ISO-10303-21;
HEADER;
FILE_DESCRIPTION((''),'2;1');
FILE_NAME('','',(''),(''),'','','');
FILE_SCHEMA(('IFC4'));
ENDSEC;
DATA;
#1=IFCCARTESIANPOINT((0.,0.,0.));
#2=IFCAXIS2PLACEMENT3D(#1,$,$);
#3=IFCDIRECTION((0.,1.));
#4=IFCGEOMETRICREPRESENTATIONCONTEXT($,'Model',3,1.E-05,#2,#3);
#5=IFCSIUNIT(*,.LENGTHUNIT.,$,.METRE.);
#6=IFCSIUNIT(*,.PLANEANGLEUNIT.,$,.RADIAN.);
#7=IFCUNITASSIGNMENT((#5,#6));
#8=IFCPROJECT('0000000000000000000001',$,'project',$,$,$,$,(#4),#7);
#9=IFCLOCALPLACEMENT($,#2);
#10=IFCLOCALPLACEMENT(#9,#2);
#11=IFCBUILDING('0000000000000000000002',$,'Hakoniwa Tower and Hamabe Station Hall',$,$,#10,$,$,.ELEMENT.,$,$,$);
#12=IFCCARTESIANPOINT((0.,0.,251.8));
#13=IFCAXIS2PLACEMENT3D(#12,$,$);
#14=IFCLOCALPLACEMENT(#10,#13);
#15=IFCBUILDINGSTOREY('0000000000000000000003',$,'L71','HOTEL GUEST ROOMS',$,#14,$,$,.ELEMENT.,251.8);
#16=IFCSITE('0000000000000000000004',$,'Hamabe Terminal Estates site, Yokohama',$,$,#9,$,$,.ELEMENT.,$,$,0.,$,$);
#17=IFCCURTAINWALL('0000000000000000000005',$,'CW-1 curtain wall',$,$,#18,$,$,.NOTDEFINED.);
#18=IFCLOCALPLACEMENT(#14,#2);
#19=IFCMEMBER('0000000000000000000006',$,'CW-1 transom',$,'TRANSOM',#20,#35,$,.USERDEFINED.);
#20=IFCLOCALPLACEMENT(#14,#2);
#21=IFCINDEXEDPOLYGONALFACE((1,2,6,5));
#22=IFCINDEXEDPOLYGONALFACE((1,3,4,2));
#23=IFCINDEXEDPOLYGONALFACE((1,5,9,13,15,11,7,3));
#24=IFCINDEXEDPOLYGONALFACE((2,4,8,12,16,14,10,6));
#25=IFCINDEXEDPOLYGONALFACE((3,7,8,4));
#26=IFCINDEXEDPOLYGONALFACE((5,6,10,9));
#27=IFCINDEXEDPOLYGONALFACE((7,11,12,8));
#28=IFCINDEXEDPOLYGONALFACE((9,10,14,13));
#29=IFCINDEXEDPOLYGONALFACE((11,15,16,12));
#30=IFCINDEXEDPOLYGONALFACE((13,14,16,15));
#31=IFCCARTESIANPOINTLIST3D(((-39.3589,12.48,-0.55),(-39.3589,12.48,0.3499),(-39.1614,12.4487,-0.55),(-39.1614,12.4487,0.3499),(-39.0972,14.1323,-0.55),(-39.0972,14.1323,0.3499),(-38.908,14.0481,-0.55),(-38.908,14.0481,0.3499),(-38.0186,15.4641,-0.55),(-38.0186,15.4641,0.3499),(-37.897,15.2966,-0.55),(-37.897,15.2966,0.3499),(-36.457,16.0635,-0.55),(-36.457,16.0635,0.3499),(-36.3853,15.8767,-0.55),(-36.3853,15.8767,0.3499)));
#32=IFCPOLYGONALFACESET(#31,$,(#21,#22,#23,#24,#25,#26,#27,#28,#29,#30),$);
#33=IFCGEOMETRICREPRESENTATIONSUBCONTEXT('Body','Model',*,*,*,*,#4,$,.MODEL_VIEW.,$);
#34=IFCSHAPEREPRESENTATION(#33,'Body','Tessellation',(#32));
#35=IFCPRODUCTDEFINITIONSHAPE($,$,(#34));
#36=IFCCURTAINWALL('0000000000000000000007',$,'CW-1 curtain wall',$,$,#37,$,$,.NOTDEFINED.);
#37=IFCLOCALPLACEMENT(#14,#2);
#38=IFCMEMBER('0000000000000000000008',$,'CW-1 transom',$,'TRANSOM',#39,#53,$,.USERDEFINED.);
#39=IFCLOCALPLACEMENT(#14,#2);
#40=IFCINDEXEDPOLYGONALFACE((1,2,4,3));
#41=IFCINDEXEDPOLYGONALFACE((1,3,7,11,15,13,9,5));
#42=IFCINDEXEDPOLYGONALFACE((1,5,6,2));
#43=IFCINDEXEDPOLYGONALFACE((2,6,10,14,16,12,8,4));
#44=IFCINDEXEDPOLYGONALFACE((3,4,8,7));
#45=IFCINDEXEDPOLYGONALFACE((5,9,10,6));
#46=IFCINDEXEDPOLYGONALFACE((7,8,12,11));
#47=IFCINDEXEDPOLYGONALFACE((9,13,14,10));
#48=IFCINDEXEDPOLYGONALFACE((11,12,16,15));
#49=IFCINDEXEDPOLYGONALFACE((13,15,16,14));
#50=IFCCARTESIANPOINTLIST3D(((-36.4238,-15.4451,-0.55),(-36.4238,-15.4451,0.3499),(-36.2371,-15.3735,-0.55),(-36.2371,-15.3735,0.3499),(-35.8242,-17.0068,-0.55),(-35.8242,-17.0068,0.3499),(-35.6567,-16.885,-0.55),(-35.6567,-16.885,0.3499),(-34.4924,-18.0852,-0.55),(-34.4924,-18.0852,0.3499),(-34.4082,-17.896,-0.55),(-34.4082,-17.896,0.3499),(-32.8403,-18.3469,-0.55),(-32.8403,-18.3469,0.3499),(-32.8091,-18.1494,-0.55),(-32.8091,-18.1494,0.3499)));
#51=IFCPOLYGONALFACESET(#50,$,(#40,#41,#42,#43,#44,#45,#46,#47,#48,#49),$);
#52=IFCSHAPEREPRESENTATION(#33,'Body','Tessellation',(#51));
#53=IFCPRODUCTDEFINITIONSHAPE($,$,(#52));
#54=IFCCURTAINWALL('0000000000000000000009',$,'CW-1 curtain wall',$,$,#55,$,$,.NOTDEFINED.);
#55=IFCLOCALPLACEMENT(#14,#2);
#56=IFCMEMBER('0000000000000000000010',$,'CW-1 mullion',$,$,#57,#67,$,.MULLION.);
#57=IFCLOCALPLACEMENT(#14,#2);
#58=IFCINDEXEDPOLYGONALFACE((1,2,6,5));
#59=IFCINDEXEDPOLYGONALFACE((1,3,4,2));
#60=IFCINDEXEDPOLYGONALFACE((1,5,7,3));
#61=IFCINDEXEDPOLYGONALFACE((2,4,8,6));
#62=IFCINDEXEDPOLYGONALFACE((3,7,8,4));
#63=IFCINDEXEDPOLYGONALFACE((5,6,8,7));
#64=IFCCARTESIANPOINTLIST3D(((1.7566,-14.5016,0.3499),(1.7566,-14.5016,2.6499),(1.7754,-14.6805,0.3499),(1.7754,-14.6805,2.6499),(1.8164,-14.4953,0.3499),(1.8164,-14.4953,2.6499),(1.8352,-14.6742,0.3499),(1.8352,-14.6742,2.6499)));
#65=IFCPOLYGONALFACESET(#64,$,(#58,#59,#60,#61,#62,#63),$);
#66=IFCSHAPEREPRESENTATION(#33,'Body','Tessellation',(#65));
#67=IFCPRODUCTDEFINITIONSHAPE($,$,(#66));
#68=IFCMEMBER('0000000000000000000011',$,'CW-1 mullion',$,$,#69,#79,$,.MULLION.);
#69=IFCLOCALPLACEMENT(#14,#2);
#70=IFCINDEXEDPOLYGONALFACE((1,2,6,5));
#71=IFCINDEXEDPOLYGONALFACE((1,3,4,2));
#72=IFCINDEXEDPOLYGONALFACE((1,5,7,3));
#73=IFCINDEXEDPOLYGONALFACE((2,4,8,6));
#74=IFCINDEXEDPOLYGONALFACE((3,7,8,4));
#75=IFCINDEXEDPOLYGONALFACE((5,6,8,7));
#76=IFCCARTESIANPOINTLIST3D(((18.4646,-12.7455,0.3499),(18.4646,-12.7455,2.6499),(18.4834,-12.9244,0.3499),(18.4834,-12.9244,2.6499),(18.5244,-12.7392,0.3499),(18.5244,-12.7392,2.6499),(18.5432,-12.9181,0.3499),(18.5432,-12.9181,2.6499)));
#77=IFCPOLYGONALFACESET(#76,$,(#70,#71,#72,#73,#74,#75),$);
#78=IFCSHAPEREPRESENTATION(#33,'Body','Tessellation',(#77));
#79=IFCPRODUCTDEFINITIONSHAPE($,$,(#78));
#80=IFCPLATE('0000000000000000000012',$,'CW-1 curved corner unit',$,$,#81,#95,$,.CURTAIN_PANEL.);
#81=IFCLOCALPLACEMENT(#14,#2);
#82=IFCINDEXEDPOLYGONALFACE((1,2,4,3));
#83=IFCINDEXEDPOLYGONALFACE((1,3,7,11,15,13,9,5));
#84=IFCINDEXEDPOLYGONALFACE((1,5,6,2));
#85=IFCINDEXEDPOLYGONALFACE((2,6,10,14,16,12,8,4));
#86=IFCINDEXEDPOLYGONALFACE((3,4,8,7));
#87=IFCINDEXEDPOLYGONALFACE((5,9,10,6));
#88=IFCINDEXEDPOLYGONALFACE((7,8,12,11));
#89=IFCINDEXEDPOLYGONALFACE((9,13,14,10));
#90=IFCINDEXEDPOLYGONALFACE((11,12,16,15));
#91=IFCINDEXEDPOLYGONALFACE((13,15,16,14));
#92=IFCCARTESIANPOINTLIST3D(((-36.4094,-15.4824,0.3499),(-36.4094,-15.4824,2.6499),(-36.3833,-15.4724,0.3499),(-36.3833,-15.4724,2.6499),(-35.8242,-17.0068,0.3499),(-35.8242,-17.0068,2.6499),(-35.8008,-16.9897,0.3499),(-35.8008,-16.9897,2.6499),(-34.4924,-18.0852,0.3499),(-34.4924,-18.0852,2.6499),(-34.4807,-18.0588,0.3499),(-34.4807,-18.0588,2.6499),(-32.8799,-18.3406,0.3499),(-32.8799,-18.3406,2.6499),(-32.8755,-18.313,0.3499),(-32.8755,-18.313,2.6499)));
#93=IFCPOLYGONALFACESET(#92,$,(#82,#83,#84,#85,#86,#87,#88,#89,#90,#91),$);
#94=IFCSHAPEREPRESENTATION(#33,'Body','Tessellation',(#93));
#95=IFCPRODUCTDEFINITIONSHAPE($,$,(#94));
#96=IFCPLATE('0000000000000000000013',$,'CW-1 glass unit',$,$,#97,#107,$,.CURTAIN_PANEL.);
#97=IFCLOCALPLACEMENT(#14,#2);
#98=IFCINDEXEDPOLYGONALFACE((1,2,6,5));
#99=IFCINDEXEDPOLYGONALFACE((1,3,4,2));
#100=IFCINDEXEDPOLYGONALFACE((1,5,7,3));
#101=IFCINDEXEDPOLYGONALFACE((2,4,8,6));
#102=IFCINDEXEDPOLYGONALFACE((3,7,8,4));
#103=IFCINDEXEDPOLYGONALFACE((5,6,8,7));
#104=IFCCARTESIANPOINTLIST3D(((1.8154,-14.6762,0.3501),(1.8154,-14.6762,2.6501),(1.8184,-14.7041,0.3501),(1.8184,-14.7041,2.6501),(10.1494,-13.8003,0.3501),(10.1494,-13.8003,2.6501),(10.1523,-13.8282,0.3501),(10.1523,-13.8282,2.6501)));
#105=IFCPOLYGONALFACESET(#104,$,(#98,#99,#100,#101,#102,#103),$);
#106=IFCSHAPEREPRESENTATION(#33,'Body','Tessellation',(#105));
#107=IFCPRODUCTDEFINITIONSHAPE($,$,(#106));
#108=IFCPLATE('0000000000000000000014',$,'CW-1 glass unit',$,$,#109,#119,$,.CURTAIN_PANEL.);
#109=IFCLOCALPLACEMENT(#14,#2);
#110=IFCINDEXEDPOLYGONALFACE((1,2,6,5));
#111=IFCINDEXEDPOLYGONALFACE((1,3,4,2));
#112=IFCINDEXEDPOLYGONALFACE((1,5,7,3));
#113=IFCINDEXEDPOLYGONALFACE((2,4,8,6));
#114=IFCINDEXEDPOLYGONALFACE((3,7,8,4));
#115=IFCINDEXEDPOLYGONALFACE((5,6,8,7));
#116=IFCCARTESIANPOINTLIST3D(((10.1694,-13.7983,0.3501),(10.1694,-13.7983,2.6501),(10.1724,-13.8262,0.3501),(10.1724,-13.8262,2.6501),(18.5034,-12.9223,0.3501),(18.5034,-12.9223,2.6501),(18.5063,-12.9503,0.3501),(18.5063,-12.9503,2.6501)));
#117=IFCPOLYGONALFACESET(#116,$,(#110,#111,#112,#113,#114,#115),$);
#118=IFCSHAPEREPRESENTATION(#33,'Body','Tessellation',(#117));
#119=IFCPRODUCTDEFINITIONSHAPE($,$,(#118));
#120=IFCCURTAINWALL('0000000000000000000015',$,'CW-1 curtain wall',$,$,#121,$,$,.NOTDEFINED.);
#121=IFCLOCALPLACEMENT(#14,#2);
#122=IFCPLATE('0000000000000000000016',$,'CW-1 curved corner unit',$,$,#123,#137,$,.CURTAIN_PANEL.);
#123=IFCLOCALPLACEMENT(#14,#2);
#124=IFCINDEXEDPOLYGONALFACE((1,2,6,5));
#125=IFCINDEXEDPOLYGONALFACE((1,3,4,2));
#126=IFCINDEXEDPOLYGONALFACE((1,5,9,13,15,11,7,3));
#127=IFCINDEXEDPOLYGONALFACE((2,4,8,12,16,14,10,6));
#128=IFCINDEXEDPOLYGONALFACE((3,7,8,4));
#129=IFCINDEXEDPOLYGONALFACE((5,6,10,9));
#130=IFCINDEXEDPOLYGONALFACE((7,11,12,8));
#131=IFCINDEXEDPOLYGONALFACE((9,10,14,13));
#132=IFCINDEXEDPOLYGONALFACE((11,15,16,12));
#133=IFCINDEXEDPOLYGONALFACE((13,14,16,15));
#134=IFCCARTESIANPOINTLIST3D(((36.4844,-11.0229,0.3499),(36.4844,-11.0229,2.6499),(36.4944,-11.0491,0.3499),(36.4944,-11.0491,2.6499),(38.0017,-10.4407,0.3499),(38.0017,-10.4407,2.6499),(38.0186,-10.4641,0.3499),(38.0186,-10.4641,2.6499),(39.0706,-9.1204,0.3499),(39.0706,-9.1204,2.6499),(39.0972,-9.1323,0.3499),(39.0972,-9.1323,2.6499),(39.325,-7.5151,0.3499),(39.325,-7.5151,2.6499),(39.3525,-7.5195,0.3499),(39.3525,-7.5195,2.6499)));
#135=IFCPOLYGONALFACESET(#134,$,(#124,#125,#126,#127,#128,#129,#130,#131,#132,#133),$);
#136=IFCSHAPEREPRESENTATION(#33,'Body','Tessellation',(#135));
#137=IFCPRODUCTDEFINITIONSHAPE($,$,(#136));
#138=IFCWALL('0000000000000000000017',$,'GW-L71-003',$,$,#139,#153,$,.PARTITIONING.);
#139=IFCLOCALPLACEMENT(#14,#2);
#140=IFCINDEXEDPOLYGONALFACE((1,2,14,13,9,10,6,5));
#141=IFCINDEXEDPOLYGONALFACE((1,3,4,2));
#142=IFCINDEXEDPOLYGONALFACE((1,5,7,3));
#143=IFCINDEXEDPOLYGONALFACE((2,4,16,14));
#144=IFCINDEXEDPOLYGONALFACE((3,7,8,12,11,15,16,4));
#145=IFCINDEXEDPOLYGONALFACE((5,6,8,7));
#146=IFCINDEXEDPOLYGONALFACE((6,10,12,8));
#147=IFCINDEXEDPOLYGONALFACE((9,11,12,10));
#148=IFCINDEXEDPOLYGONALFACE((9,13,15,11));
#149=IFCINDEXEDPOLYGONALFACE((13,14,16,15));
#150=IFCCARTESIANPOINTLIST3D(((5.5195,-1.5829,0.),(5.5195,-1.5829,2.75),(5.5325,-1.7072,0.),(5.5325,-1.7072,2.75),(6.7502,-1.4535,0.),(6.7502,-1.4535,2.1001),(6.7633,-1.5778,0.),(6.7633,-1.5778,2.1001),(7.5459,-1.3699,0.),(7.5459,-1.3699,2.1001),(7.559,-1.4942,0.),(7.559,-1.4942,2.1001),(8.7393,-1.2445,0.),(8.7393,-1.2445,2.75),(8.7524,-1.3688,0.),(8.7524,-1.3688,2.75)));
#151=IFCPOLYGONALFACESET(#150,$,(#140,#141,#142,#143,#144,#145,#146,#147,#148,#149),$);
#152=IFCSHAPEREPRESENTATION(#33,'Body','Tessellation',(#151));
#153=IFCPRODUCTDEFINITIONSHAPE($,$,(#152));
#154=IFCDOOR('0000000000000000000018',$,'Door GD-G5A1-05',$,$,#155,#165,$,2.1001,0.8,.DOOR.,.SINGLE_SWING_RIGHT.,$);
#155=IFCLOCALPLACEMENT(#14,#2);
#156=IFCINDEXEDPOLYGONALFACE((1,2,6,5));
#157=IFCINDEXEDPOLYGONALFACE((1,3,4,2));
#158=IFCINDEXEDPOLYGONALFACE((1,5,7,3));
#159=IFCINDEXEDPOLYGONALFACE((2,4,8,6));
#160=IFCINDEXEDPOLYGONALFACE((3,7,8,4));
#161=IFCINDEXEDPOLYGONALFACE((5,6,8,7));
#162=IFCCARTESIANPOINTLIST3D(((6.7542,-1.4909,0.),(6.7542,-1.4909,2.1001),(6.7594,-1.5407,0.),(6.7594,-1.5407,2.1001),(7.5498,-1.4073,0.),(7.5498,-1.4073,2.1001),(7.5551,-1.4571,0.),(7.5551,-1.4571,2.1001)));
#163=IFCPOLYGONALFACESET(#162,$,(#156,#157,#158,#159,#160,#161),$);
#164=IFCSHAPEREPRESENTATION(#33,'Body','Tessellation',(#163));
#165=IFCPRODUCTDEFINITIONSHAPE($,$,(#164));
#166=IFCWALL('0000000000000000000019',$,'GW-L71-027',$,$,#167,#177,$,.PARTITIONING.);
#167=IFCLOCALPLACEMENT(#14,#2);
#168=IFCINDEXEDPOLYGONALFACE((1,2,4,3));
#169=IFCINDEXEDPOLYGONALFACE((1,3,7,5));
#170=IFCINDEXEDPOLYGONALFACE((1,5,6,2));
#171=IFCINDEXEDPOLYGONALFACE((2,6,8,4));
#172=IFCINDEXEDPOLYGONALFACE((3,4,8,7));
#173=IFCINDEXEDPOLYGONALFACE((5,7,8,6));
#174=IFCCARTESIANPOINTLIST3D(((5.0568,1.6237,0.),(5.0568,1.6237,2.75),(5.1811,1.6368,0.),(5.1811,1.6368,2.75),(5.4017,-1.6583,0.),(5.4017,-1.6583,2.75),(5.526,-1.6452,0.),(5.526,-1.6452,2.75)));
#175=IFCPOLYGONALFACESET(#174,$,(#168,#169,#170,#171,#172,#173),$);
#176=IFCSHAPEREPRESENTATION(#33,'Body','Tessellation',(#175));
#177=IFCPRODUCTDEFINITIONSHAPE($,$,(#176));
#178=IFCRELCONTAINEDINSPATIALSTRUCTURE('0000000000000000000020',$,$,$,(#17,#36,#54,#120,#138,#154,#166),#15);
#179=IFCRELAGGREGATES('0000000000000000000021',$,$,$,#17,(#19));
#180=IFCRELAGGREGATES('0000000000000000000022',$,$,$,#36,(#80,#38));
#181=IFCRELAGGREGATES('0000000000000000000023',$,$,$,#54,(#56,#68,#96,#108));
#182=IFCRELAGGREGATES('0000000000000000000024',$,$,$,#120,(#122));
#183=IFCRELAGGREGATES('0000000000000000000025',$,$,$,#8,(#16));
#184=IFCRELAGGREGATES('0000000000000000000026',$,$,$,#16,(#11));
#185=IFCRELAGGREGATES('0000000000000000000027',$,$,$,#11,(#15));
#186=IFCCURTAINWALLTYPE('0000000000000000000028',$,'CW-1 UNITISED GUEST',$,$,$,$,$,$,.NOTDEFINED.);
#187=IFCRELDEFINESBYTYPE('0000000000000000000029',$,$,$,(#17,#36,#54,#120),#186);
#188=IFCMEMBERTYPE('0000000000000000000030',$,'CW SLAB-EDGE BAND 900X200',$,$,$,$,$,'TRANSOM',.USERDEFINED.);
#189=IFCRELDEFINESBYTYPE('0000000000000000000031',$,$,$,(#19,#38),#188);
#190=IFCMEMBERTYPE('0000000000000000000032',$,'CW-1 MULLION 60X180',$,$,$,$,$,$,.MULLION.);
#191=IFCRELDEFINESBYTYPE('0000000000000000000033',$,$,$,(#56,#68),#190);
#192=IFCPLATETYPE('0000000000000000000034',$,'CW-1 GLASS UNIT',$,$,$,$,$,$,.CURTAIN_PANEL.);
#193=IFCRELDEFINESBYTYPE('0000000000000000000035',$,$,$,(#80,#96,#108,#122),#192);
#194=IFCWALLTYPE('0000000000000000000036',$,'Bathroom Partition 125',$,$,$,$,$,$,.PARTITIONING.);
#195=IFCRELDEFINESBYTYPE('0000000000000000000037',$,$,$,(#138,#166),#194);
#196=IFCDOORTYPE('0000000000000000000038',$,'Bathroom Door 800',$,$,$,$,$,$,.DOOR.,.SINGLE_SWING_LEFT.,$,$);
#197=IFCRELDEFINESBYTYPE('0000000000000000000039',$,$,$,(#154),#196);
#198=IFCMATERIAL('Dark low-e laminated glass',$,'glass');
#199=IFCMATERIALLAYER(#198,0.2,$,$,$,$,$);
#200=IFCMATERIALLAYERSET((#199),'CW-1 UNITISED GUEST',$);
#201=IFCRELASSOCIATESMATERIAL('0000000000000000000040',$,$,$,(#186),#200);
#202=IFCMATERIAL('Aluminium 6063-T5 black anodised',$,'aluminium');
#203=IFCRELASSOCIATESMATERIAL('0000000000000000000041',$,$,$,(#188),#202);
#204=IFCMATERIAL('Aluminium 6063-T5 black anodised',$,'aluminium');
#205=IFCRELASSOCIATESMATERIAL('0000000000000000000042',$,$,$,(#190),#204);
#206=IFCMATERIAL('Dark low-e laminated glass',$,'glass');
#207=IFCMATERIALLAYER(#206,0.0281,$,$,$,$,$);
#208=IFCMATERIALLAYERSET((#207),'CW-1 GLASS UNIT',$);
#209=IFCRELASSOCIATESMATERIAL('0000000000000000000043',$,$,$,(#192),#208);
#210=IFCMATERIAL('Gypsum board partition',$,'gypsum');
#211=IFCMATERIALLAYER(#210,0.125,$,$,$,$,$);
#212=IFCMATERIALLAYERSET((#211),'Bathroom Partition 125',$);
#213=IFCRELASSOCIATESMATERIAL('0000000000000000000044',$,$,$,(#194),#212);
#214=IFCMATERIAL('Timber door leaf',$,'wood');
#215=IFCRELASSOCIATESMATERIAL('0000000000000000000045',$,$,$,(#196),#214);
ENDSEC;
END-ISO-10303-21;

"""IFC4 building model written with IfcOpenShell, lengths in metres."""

from ifc_helpers import new_model, si_unit, direction, frame, frame_2d, origin, origin_2d, place, context, subcontext, project, spatial, polyline, rectangle, outline, extrude, material, layer, layer_set, material_profile, profile_set, type_object, element, fill, aggregate, save


model = new_model("IFC4")

# Units and contexts
model_context = context("Model", 3, precision=1e-05, world=origin(), true_north=direction((0.0, 1.0)))
body_context = subcontext(model_context, "Body", "Model", "MODEL_VIEW")
ifc_project = project(units=[si_unit("LENGTHUNIT", "METRE"), si_unit("PLANEANGLEUNIT", "RADIAN")], contexts=[model_context])

# Site, building, storey
site_placement = place(None, origin())
site = spatial("IfcSite", under=ifc_project, at=site_placement, Name="Hamabe Terminal Estates site, Yokohama", CompositionType="ELEMENT", RefElevation=0.0)
building_placement = place(site_placement, origin())
building = spatial("IfcBuilding", under=site, at=building_placement, Name="Hakoniwa Tower and Hamabe Station Hall", CompositionType="ELEMENT")
storey_placement = place(building_placement, frame((0.0, 0.0, 251.8)))
storey = spatial("IfcBuildingStorey", under=building, at=storey_placement, Name="L71", Description="HOTEL GUEST ROOMS", CompositionType="ELEMENT", Elevation=251.8)

# Curtain walls, members
ifc_material_1 = material(Name="Dark low-e laminated glass", Category="glass")
ifc_layer_1 = layer(ifc_material_1, 0.2)
ifc_layer_set_1 = layer_set([ifc_layer_1], Name="CW-1 UNITISED GUEST")
curtain_wall_type = type_object("IfcCurtainWallType", Name="CW-1 UNITISED GUEST", PredefinedType="NOTDEFINED", material=ifc_layer_set_1)
curtain_wall_1_placement = place(storey_placement, origin())
curtain_wall_1 = element("IfcCurtainWall", 1, at=curtain_wall_1_placement, inside=storey, type_object=curtain_wall_type, Name="CW-1 curtain wall", PredefinedType="NOTDEFINED")
ifc_material_2 = material(Name="Aluminium 6063-T5 black anodised", Category="aluminium")
ifc_material_profile_1 = material_profile(ifc_material_2, rectangle(XDim=0.2, YDim=0.8999, at=origin_2d()), Name="CW SLAB-EDGE BAND 900X200")
ifc_profile_set_1 = profile_set([ifc_material_profile_1], Name="Aluminium 6063-T5 black anodised")
member_type_1 = type_object("IfcMemberType", Name="CW SLAB-EDGE BAND 900X200", ElementType="TRANSOM", PredefinedType="USERDEFINED", material=ifc_profile_set_1)
member_1_placement = place(storey_placement, frame((0.0, 0.0, -0.55)))
member_1 = element("IfcMember", 2, at=member_1_placement, type_object=member_type_1, Name="CW-1 transom", ObjectType="TRANSOM", PredefinedType="USERDEFINED", context=body_context, shape_type="SweptSolid", body=[
    extrude(outline(polyline([(-36.457, 16.0635), (-38.0186, 15.4641), (-39.0972, 14.1323), (-39.3589, 12.48), (-39.1614, 12.4487), (-38.908, 14.0481), (-37.897, 15.2966), (-36.3853, 15.8767), (-36.457, 16.0635)])), origin(), (0.0, 0.0, 1.0), 0.8999),
])
aggregate(curtain_wall_1, [member_1])
curtain_wall_2_placement = place(storey_placement, origin())
curtain_wall_2 = element("IfcCurtainWall", 3, at=curtain_wall_2_placement, inside=storey, type_object=curtain_wall_type, Name="CW-1 curtain wall", PredefinedType="NOTDEFINED")
member_2_placement = place(storey_placement, frame((0.0, 0.0, -0.55)))
member_2 = element("IfcMember", 4, at=member_2_placement, type_object=member_type_1, Name="CW-1 transom", ObjectType="TRANSOM", PredefinedType="USERDEFINED", context=body_context, shape_type="SweptSolid", body=[
    extrude(outline(polyline([(-36.4238, -15.4451), (-35.8242, -17.0068), (-34.4924, -18.0852), (-32.8403, -18.3469), (-32.8091, -18.1494), (-34.4082, -17.896), (-35.6567, -16.885), (-36.2371, -15.3735), (-36.4238, -15.4451)])), origin(), (0.0, 0.0, 1.0), 0.8999),
])

# Curtain wall, members
curtain_wall_3_placement = place(storey_placement, origin())
curtain_wall_3 = element("IfcCurtainWall", 5, at=curtain_wall_3_placement, inside=storey, type_object=curtain_wall_type, Name="CW-1 curtain wall", PredefinedType="NOTDEFINED")
ifc_material_3 = material(Name="Aluminium 6063-T5 black anodised", Category="aluminium")
ifc_material_profile_2 = material_profile(ifc_material_3, rectangle(XDim=0.0601, YDim=0.1799, at=origin_2d()), Name="CW-1 MULLION 60X180")
ifc_profile_set_2 = profile_set([ifc_material_profile_2], Name="Aluminium 6063-T5 black anodised")
member_type_2 = type_object("IfcMemberType", Name="CW-1 MULLION 60X180", PredefinedType="MULLION", material=ifc_profile_set_2)
member_3_placement = place(storey_placement, frame((1.7959, -14.5879, 0.3499), z_axis=(0.0, 0.0, 1.0), x_axis=(0.994522, 0.104528, 0.0)))
member_3 = element("IfcMember", 6, at=member_3_placement, type_object=member_type_2, Name="CW-1 mullion", PredefinedType="MULLION", context=body_context, shape_type="SweptSolid", body=[
    extrude(rectangle(XDim=0.0601, YDim=0.1799, at=origin_2d()), origin(), (0.0, 0.0, 1.0), 2.3),
])
member_4_placement = place(storey_placement, frame((18.5039, -12.8318, 0.3499), z_axis=(0.0, 0.0, 1.0), x_axis=(0.994522, 0.104528, 0.0)))
member_4 = element("IfcMember", 7, at=member_4_placement, type_object=member_type_2, Name="CW-1 mullion", PredefinedType="MULLION", context=body_context, shape_type="SweptSolid", body=[
    extrude(rectangle(XDim=0.0601, YDim=0.1799, at=origin_2d()), origin(), (0.0, 0.0, 1.0), 2.3),
])

# Plates
ifc_material_4 = material(Name="Dark low-e laminated glass", Category="glass")
ifc_layer_2 = layer(ifc_material_4, 0.0281)
ifc_layer_set_2 = layer_set([ifc_layer_2], Name="CW-1 GLASS UNIT")
plate_type = type_object("IfcPlateType", Name="CW-1 GLASS UNIT", PredefinedType="CURTAIN_PANEL", material=ifc_layer_set_2)
plate_1_placement = place(storey_placement, frame((0.0, 0.0, 0.3499)))
plate_1 = element("IfcPlate", 8, at=plate_1_placement, type_object=plate_type, Name="CW-1 curved corner unit", PredefinedType="CURTAIN_PANEL", context=body_context, shape_type="SweptSolid", body=[
    extrude(outline(polyline([(-36.4094, -15.4824), (-35.8242, -17.0068), (-34.4924, -18.0852), (-32.8799, -18.3406), (-32.8755, -18.313), (-34.4807, -18.0588), (-35.8008, -16.9897), (-36.3833, -15.4724), (-36.4094, -15.4824)])), origin(), (0.0, 0.0, 1.0), 2.3),
])
aggregate(curtain_wall_2, [plate_1, member_2])
plate_2_placement = place(storey_placement, frame((5.9839, -14.2522, 0.3501), z_axis=(0.0, 0.0, 1.0), x_axis=(0.994522, 0.104528, 0.0)))
plate_2 = element("IfcPlate", 9, at=plate_2_placement, type_object=plate_type, Name="CW-1 glass unit", PredefinedType="CURTAIN_PANEL", context=body_context, shape_type="SweptSolid", body=[
    extrude(rectangle(XDim=8.3799, YDim=0.0281, at=origin_2d()), origin(), (0.0, 0.0, 1.0), 2.3),
])
plate_3_placement = place(storey_placement, frame((14.3379, -13.3743, 0.3501), z_axis=(0.0, 0.0, 1.0), x_axis=(0.994522, 0.104528, 0.0)))
plate_3 = element("IfcPlate", 10, at=plate_3_placement, type_object=plate_type, Name="CW-1 glass unit", PredefinedType="CURTAIN_PANEL", context=body_context, shape_type="SweptSolid", body=[
    extrude(rectangle(XDim=8.3799, YDim=0.0281, at=origin_2d()), origin(), (0.0, 0.0, 1.0), 2.3),
])
aggregate(curtain_wall_3, [member_3, member_4, plate_2, plate_3])

# Curtain wall, plate
curtain_wall_4_placement = place(storey_placement, origin())
curtain_wall_4 = element("IfcCurtainWall", 11, at=curtain_wall_4_placement, inside=storey, type_object=curtain_wall_type, Name="CW-1 curtain wall", PredefinedType="NOTDEFINED")
plate_4_placement = place(storey_placement, frame((0.0, 0.0, 0.3499)))
plate_4 = element("IfcPlate", 12, at=plate_4_placement, type_object=plate_type, Name="CW-1 curved corner unit", PredefinedType="CURTAIN_PANEL", context=body_context, shape_type="SweptSolid", body=[
    extrude(outline(polyline([(36.4944, -11.0491), (38.0186, -10.4641), (39.0972, -9.1323), (39.3525, -7.5195), (39.325, -7.5151), (39.0706, -9.1204), (38.0017, -10.4407), (36.4844, -11.0229), (36.4944, -11.0491)])), origin(), (0.0, 0.0, 1.0), 2.3),
])
aggregate(curtain_wall_4, [plate_4])

# Wall, opening, door
ifc_material_5 = material(Name="Gypsum board partition", Category="gypsum")
ifc_layer_3 = layer(ifc_material_5, 0.125)
ifc_layer_set_3 = layer_set([ifc_layer_3], Name="Bathroom Partition 125")
wall_type_1 = type_object("IfcWallType", Name="Bathroom Partition 125", PredefinedType="PARTITIONING", material=ifc_layer_set_3)
wall_1_placement = place(storey_placement, frame((5.5261, -1.645, 0.0), z_axis=(0.0, 0.0, 1.0), x_axis=(0.994523, 0.10452, 0.0)))
wall_1 = element("IfcWall", 13, at=wall_1_placement, inside=storey, type_object=wall_type_1, Name="GW-L71-003", PredefinedType="PARTITIONING", context=body_context, shape_type="SweptSolid", body=[
    extrude(rectangle(XDim=3.2375, YDim=0.125, at=frame_2d((1.6187, 0.0))), origin(), (0.0, 0.0, 1.0), 2.75),
])
opening_1_placement = place(wall_1_placement, frame((1.2375, 0.0, 0.0)))
opening_1 = element("IfcOpeningElement", 14, at=opening_1_placement, cuts=wall_1, PredefinedType="OPENING", context=body_context, shape_type="SweptSolid", body=[
    extrude(rectangle(XDim=0.8, YDim=2.1001, at=frame_2d((0.3999, 1.05))), frame((0.0, 0.0725, 0.0), z_axis=(0.0, -1.0, 0.0), x_axis=(1.0, 0.0, 0.0)), (0.0, 0.0, 1.0), 0.145),
])
ifc_material_6 = material(Name="Timber door leaf", Category="wood")
door_type_1 = type_object("IfcDoorType", Name="Bathroom Door 800", OperationType="SINGLE_SWING_LEFT", PredefinedType="DOOR", material=ifc_material_6)
door_1_placement = place(opening_1_placement, origin())
door_1 = element("IfcDoor", 15, at=door_1_placement, inside=storey, type_object=door_type_1, Name="Door GD-G5A1-05", OperationType="SINGLE_SWING_RIGHT", OverallHeight=2.1001, OverallWidth=0.8, PredefinedType="DOOR", context=body_context, shape_type="SweptSolid", body=[
    extrude(rectangle(XDim=0.8, YDim=2.1001, at=frame_2d((0.3999, 1.05))), frame((0.0, 0.0249, 0.0), z_axis=(0.0, -1.0, 0.0), x_axis=(1.0, 0.0, 0.0)), (0.0, 0.0, 1.0), 0.05),
])
fill(opening_1, door_1)

# Wall
wall_2_placement = place(storey_placement, frame((5.4639, -1.6516, 0.0), z_axis=(0.0, 0.0, 1.0), x_axis=(-0.104535, 0.994521, 0.0)))
element("IfcWall", 16, at=wall_2_placement, inside=storey, type_object=wall_type_1, Name="GW-L71-027", PredefinedType="PARTITIONING", context=body_context, shape_type="SweptSolid", body=[
    extrude(rectangle(XDim=3.3, YDim=0.125, at=frame_2d((1.6499, 0.0))), origin(), (0.0, 0.0, 1.0), 2.75),
])

save(model, "model.ifc")
